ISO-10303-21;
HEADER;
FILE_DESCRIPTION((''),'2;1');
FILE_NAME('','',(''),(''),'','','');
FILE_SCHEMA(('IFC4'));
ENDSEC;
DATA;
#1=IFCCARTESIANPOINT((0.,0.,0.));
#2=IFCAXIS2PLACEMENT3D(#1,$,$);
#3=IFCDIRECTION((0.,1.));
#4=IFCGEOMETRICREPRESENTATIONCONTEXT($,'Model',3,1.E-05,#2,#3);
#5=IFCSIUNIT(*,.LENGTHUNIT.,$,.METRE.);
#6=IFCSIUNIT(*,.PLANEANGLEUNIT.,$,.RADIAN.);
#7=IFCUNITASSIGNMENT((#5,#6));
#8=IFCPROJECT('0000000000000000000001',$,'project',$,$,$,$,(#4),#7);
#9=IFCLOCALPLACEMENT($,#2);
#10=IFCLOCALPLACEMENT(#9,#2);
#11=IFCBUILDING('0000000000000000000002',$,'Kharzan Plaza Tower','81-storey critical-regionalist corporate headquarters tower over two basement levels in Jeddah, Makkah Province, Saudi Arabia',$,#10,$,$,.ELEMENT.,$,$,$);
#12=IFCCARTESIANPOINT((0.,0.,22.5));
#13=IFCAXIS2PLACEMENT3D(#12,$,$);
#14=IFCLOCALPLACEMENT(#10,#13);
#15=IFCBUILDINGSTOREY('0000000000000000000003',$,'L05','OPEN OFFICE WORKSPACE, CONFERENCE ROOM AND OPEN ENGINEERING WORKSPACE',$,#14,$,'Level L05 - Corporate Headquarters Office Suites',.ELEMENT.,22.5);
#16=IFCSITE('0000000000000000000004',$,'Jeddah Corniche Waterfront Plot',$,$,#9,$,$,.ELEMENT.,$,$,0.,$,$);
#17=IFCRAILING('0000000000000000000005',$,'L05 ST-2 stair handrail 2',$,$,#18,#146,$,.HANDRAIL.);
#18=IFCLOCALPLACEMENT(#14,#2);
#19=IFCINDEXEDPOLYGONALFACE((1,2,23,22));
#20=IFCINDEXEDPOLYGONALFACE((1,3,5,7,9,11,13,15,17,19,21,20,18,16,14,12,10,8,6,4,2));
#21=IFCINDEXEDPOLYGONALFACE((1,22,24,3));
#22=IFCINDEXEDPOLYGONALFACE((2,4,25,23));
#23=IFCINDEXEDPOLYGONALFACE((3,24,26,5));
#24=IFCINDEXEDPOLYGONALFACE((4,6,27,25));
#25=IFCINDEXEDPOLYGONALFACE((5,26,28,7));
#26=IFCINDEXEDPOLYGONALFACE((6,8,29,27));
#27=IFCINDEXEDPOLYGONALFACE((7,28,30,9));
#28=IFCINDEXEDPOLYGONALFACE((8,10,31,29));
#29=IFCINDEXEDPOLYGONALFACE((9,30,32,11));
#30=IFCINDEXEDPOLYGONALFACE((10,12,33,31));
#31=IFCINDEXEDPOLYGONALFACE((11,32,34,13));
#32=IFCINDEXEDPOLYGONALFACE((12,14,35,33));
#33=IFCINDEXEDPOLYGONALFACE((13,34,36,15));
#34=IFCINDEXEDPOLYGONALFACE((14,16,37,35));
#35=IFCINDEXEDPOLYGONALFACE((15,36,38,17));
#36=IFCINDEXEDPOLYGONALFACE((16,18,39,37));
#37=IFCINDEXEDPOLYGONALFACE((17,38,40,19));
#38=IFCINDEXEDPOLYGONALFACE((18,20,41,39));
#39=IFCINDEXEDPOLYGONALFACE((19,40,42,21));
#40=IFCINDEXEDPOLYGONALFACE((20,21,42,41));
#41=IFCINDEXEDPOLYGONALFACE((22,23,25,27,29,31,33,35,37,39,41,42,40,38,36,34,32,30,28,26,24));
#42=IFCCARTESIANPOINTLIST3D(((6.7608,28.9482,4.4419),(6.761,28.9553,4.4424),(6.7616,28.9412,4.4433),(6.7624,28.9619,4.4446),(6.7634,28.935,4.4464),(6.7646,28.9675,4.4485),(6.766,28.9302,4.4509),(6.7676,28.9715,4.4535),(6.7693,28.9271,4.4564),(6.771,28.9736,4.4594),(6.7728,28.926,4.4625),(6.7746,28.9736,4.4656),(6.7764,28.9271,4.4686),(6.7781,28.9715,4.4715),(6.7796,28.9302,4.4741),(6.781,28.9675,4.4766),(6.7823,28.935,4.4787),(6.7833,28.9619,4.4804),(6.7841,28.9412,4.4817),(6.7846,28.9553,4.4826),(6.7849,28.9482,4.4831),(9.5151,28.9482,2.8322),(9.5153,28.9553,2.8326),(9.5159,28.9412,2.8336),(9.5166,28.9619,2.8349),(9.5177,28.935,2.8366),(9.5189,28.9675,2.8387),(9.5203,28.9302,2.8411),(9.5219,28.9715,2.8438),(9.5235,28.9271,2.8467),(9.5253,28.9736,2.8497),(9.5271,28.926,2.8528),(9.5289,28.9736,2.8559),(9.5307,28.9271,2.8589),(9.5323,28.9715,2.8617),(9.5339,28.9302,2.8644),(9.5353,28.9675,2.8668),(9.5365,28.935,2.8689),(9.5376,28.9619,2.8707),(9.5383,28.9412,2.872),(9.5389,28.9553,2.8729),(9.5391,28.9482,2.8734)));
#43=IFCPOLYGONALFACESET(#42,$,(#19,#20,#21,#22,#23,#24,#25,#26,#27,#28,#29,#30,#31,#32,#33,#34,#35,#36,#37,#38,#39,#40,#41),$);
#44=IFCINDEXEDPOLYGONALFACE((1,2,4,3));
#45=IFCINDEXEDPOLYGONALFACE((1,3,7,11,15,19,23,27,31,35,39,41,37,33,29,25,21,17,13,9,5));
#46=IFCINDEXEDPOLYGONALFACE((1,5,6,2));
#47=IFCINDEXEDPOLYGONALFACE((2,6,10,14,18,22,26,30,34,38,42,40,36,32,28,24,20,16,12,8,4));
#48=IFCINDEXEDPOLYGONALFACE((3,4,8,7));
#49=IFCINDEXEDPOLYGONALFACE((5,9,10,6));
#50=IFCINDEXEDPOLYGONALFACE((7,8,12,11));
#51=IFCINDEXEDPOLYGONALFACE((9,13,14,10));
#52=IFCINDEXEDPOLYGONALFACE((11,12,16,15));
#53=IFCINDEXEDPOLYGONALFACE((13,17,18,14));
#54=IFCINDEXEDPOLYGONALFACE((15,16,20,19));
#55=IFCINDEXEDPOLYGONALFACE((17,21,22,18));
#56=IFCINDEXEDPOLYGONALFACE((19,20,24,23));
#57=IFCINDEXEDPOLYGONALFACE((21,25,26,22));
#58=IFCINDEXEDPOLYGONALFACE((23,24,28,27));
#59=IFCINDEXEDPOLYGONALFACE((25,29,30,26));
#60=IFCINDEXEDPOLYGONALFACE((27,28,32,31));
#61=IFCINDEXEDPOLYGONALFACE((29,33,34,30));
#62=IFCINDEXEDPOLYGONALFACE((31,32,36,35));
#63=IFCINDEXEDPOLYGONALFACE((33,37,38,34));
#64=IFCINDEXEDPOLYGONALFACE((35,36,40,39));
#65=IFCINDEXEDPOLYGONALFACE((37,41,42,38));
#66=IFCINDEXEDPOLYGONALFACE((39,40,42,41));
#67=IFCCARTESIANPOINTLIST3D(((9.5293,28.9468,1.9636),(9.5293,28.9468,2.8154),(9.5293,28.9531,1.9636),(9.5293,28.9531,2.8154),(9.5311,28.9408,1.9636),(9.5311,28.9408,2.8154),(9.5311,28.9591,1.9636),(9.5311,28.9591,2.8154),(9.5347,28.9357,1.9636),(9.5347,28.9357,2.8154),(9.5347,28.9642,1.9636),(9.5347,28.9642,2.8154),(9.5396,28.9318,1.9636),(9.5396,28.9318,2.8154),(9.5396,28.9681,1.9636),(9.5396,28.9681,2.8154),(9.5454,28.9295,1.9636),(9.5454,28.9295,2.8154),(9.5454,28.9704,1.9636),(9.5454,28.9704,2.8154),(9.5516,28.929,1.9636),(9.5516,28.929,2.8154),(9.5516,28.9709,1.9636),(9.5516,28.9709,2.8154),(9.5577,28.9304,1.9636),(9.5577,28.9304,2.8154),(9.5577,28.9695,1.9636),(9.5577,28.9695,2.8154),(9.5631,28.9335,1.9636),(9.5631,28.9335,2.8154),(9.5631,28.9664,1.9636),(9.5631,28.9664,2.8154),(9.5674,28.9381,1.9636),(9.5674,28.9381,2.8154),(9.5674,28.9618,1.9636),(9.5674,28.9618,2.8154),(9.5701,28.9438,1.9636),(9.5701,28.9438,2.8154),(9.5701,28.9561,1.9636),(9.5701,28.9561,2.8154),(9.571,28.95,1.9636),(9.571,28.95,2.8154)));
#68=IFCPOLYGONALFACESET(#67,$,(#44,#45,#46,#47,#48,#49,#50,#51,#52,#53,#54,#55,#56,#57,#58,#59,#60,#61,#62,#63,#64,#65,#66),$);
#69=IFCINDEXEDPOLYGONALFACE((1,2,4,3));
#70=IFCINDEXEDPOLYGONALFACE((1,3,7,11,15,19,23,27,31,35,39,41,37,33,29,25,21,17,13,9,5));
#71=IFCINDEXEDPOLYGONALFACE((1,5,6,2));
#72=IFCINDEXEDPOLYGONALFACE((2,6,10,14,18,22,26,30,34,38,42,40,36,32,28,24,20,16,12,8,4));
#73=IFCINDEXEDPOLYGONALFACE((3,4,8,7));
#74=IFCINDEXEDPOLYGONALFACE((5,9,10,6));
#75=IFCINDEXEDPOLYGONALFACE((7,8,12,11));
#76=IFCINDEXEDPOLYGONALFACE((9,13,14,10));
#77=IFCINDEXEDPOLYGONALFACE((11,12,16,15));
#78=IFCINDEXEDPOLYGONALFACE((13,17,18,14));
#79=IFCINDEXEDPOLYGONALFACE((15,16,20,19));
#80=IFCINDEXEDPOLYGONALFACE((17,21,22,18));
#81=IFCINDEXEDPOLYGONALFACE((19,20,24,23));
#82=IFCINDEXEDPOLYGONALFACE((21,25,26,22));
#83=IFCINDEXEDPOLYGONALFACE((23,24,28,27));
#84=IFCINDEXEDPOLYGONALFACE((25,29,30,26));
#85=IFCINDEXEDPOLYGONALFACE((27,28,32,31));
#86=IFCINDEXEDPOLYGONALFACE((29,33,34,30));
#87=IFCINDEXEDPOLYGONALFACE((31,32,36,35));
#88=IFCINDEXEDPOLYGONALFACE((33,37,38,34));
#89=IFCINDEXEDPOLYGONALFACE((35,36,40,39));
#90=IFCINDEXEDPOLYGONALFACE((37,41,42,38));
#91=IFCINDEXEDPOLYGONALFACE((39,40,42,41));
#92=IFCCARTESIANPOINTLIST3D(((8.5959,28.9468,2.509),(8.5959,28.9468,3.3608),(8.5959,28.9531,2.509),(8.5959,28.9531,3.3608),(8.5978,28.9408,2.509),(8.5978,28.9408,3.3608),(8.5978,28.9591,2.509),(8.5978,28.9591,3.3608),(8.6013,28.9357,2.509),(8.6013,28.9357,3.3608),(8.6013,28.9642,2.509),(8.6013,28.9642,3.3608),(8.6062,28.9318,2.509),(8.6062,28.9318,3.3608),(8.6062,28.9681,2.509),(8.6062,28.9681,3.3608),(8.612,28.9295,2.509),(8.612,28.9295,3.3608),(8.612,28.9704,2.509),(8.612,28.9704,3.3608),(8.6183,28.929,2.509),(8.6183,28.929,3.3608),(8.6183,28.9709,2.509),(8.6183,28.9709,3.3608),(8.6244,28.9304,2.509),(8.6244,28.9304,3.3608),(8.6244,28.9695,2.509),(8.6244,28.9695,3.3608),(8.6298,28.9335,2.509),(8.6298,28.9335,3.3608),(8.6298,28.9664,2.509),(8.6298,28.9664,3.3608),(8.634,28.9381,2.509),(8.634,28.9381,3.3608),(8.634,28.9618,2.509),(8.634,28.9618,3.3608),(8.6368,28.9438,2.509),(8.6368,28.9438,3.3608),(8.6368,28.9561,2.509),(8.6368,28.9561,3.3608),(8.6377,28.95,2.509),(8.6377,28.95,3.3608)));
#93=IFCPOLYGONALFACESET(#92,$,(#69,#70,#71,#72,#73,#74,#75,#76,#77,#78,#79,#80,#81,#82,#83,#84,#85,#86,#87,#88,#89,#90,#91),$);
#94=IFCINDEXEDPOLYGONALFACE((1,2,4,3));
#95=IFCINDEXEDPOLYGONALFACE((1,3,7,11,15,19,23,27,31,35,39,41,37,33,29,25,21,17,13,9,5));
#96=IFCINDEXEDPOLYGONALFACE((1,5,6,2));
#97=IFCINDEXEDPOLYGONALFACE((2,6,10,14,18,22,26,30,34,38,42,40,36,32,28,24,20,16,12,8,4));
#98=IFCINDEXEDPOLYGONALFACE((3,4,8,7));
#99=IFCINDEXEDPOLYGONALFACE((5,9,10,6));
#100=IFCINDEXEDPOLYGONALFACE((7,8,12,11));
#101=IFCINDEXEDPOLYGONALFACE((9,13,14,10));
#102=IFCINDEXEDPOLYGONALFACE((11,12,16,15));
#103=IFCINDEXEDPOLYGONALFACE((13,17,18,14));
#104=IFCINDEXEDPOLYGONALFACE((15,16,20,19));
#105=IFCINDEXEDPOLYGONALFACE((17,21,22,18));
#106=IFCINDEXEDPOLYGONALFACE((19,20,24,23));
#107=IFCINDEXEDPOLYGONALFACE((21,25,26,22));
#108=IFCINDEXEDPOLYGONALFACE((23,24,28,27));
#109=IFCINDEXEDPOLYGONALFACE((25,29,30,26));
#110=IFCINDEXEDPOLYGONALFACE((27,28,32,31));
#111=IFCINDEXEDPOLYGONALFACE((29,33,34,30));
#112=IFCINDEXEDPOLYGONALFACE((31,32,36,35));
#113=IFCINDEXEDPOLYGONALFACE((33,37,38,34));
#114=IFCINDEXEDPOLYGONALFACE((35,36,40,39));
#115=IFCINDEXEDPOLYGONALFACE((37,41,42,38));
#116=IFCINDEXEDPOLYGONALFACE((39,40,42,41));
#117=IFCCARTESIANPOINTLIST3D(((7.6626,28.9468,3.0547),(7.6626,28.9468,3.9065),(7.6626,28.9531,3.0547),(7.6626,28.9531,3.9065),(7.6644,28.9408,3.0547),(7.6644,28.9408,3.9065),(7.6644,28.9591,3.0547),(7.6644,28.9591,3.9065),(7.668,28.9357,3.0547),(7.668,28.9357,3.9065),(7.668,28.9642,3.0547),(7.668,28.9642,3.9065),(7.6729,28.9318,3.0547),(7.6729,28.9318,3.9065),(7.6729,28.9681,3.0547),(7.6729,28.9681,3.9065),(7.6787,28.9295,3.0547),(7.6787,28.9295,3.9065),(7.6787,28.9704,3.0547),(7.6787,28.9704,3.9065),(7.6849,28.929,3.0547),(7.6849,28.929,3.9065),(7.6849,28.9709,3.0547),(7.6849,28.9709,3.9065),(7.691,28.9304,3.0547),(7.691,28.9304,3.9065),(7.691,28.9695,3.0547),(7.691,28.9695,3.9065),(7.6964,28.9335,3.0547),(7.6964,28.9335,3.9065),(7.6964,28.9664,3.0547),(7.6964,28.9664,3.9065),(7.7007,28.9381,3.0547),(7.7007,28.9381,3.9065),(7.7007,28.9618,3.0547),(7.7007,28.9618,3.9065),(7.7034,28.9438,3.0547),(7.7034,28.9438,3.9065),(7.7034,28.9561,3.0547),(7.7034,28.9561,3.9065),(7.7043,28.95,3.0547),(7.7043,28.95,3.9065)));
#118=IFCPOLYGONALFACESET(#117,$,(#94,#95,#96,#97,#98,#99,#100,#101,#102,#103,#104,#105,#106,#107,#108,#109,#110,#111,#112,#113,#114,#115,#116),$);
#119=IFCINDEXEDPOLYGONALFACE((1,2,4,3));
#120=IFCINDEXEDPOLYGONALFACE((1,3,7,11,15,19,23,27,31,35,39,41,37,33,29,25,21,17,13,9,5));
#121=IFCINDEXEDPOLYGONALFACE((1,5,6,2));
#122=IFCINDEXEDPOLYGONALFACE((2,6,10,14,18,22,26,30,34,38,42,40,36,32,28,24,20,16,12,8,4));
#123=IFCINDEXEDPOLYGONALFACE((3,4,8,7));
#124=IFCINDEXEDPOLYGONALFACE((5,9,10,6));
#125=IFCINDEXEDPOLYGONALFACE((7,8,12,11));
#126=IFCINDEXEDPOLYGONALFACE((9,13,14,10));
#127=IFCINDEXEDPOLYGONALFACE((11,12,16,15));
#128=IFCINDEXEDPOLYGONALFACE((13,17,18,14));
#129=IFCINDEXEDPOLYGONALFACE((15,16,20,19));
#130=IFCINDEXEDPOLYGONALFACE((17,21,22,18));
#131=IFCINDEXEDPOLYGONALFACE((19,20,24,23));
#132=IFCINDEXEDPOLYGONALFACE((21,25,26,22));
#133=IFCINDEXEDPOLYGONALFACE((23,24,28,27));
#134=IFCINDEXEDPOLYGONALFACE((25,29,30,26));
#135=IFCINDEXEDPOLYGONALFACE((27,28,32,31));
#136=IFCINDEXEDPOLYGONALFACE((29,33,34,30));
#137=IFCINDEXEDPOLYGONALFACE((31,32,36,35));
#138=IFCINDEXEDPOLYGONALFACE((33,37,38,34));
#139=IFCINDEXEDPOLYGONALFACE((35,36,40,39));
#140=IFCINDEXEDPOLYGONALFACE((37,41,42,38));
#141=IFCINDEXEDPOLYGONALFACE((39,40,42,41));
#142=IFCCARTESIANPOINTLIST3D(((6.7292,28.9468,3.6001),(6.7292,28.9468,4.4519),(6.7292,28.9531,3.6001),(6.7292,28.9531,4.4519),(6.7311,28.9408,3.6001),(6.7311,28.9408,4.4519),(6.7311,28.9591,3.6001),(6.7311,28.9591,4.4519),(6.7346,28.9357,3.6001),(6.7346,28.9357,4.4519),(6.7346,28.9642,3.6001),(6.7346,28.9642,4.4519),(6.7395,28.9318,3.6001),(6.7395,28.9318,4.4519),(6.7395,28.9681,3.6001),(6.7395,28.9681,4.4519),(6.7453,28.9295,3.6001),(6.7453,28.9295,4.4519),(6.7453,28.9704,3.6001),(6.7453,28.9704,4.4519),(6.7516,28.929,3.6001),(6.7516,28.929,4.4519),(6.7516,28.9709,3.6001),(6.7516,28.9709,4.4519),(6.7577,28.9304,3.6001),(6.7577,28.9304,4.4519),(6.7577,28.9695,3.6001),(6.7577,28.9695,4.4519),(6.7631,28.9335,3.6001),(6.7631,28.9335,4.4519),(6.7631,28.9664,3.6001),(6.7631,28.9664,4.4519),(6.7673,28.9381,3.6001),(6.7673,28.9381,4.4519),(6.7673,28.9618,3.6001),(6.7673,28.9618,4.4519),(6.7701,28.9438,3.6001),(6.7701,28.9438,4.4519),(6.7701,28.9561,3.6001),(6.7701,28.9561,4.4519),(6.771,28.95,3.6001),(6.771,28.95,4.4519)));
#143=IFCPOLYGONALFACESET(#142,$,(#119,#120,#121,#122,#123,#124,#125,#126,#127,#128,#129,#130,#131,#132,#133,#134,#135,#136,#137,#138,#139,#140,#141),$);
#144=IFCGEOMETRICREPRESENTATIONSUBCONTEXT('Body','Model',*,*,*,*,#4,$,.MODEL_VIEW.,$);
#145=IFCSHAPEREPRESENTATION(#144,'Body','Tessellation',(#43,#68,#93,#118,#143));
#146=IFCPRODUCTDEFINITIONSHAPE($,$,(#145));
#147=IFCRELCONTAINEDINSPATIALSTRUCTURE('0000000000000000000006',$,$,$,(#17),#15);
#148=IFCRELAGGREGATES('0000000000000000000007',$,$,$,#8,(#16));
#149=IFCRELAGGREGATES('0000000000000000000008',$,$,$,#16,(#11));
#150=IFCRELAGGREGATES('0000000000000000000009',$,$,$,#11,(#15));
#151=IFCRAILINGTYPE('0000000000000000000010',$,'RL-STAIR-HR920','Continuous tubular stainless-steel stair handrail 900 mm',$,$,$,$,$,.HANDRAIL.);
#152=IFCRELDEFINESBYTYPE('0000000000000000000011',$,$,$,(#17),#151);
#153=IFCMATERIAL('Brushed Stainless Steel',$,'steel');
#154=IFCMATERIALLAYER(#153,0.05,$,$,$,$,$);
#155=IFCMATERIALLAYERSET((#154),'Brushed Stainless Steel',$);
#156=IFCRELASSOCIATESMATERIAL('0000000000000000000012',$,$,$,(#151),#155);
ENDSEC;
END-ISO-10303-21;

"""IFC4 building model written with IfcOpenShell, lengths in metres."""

from ifc_helpers import new_model, si_unit, direction, frame, origin, origin_2d, place, context, subcontext, project, spatial, circle, extrude, source, transform, mapped, material, layer, layer_set, type_object, element, save


model = new_model("IFC4")

# Units and contexts
model_context = context("Model", 3, precision=1e-05, world=origin(), true_north=direction((0.0, 1.0)))
body_context = subcontext(model_context, "Body", "Model", "MODEL_VIEW")
ifc_project = project(units=[si_unit("LENGTHUNIT", "METRE"), si_unit("PLANEANGLEUNIT", "RADIAN")], contexts=[model_context])

# Site, building, storey
site_placement = place(None, origin())
site = spatial("IfcSite", under=ifc_project, at=site_placement, Name="Jeddah Corniche Waterfront Plot", CompositionType="ELEMENT", RefElevation=0.0)
building_placement = place(site_placement, origin())
building = spatial("IfcBuilding", under=site, at=building_placement, Name="Kharzan Plaza Tower", Description="81-storey critical-regionalist corporate headquarters tower over two basement levels in Jeddah, Makkah Province, Saudi Arabia", CompositionType="ELEMENT")
storey_placement = place(building_placement, frame((0.0, 0.0, 22.5)))
storey = spatial("IfcBuildingStorey", under=building, at=storey_placement, Name="L05", Description="OPEN OFFICE WORKSPACE, CONFERENCE ROOM AND OPEN ENGINEERING WORKSPACE", LongName="Level L05 - Corporate Headquarters Office Suites", CompositionType="ELEMENT", Elevation=22.5)

# Railing
ifc_material_1 = material(Name="Brushed Stainless Steel", Category="steel")
ifc_layer_1 = layer(ifc_material_1, 0.05)
ifc_layer_set_1 = layer_set([ifc_layer_1], Name="Brushed Stainless Steel")
railing_type_1 = type_object("IfcRailingType", Name="RL-STAIR-HR920", Description="Continuous tubular stainless-steel stair handrail 900 mm", PredefinedType="HANDRAIL", material=ifc_layer_set_1)
shared_shape_1 = source(origin(), body_context, "Body", "SweptSolid", [
    extrude(circle(Radius=0.0239, at=origin_2d()), frame((-0.0229, 0.0, 0.8892), z_axis=(-0.863361, 0.0, 0.504587), x_axis=(0.0, -1.0, 0.0)), (0.0, 0.0, 1.0), 3.1902),
    extrude(circle(Radius=0.021, at=origin_2d()), origin(), (0.0, 0.0, 1.0), 0.8518),
    extrude(circle(Radius=0.021, at=origin_2d()), frame((-0.9333, 0.0, 0.5454)), (0.0, 0.0, 1.0), 0.8518),
    extrude(circle(Radius=0.021, at=origin_2d()), frame((-1.8667, 0.0, 1.0911)), (0.0, 0.0, 1.0), 0.8518),
    extrude(circle(Radius=0.021, at=origin_2d()), frame((-2.8, 0.0, 1.6365)), (0.0, 0.0, 1.0), 0.8518),
])
railing_1_placement = place(storey_placement, frame((9.55, 28.95, 1.9636)))
element("IfcRailing", 1, at=railing_1_placement, inside=storey, type_object=railing_type_1, Name="L05 ST-2 stair handrail 2", PredefinedType="HANDRAIL", context=body_context, shape_type="MappedRepresentation", body=[
    mapped(shared_shape_1, transform((0.0, 0.0, 0.0), x_axis=(1.0, 0.0, 0.0), y_axis=(0.0, 1.0, 0.0), z_axis=(0.0, 0.0, 1.0))),
])

save(model, "model.ifc")
